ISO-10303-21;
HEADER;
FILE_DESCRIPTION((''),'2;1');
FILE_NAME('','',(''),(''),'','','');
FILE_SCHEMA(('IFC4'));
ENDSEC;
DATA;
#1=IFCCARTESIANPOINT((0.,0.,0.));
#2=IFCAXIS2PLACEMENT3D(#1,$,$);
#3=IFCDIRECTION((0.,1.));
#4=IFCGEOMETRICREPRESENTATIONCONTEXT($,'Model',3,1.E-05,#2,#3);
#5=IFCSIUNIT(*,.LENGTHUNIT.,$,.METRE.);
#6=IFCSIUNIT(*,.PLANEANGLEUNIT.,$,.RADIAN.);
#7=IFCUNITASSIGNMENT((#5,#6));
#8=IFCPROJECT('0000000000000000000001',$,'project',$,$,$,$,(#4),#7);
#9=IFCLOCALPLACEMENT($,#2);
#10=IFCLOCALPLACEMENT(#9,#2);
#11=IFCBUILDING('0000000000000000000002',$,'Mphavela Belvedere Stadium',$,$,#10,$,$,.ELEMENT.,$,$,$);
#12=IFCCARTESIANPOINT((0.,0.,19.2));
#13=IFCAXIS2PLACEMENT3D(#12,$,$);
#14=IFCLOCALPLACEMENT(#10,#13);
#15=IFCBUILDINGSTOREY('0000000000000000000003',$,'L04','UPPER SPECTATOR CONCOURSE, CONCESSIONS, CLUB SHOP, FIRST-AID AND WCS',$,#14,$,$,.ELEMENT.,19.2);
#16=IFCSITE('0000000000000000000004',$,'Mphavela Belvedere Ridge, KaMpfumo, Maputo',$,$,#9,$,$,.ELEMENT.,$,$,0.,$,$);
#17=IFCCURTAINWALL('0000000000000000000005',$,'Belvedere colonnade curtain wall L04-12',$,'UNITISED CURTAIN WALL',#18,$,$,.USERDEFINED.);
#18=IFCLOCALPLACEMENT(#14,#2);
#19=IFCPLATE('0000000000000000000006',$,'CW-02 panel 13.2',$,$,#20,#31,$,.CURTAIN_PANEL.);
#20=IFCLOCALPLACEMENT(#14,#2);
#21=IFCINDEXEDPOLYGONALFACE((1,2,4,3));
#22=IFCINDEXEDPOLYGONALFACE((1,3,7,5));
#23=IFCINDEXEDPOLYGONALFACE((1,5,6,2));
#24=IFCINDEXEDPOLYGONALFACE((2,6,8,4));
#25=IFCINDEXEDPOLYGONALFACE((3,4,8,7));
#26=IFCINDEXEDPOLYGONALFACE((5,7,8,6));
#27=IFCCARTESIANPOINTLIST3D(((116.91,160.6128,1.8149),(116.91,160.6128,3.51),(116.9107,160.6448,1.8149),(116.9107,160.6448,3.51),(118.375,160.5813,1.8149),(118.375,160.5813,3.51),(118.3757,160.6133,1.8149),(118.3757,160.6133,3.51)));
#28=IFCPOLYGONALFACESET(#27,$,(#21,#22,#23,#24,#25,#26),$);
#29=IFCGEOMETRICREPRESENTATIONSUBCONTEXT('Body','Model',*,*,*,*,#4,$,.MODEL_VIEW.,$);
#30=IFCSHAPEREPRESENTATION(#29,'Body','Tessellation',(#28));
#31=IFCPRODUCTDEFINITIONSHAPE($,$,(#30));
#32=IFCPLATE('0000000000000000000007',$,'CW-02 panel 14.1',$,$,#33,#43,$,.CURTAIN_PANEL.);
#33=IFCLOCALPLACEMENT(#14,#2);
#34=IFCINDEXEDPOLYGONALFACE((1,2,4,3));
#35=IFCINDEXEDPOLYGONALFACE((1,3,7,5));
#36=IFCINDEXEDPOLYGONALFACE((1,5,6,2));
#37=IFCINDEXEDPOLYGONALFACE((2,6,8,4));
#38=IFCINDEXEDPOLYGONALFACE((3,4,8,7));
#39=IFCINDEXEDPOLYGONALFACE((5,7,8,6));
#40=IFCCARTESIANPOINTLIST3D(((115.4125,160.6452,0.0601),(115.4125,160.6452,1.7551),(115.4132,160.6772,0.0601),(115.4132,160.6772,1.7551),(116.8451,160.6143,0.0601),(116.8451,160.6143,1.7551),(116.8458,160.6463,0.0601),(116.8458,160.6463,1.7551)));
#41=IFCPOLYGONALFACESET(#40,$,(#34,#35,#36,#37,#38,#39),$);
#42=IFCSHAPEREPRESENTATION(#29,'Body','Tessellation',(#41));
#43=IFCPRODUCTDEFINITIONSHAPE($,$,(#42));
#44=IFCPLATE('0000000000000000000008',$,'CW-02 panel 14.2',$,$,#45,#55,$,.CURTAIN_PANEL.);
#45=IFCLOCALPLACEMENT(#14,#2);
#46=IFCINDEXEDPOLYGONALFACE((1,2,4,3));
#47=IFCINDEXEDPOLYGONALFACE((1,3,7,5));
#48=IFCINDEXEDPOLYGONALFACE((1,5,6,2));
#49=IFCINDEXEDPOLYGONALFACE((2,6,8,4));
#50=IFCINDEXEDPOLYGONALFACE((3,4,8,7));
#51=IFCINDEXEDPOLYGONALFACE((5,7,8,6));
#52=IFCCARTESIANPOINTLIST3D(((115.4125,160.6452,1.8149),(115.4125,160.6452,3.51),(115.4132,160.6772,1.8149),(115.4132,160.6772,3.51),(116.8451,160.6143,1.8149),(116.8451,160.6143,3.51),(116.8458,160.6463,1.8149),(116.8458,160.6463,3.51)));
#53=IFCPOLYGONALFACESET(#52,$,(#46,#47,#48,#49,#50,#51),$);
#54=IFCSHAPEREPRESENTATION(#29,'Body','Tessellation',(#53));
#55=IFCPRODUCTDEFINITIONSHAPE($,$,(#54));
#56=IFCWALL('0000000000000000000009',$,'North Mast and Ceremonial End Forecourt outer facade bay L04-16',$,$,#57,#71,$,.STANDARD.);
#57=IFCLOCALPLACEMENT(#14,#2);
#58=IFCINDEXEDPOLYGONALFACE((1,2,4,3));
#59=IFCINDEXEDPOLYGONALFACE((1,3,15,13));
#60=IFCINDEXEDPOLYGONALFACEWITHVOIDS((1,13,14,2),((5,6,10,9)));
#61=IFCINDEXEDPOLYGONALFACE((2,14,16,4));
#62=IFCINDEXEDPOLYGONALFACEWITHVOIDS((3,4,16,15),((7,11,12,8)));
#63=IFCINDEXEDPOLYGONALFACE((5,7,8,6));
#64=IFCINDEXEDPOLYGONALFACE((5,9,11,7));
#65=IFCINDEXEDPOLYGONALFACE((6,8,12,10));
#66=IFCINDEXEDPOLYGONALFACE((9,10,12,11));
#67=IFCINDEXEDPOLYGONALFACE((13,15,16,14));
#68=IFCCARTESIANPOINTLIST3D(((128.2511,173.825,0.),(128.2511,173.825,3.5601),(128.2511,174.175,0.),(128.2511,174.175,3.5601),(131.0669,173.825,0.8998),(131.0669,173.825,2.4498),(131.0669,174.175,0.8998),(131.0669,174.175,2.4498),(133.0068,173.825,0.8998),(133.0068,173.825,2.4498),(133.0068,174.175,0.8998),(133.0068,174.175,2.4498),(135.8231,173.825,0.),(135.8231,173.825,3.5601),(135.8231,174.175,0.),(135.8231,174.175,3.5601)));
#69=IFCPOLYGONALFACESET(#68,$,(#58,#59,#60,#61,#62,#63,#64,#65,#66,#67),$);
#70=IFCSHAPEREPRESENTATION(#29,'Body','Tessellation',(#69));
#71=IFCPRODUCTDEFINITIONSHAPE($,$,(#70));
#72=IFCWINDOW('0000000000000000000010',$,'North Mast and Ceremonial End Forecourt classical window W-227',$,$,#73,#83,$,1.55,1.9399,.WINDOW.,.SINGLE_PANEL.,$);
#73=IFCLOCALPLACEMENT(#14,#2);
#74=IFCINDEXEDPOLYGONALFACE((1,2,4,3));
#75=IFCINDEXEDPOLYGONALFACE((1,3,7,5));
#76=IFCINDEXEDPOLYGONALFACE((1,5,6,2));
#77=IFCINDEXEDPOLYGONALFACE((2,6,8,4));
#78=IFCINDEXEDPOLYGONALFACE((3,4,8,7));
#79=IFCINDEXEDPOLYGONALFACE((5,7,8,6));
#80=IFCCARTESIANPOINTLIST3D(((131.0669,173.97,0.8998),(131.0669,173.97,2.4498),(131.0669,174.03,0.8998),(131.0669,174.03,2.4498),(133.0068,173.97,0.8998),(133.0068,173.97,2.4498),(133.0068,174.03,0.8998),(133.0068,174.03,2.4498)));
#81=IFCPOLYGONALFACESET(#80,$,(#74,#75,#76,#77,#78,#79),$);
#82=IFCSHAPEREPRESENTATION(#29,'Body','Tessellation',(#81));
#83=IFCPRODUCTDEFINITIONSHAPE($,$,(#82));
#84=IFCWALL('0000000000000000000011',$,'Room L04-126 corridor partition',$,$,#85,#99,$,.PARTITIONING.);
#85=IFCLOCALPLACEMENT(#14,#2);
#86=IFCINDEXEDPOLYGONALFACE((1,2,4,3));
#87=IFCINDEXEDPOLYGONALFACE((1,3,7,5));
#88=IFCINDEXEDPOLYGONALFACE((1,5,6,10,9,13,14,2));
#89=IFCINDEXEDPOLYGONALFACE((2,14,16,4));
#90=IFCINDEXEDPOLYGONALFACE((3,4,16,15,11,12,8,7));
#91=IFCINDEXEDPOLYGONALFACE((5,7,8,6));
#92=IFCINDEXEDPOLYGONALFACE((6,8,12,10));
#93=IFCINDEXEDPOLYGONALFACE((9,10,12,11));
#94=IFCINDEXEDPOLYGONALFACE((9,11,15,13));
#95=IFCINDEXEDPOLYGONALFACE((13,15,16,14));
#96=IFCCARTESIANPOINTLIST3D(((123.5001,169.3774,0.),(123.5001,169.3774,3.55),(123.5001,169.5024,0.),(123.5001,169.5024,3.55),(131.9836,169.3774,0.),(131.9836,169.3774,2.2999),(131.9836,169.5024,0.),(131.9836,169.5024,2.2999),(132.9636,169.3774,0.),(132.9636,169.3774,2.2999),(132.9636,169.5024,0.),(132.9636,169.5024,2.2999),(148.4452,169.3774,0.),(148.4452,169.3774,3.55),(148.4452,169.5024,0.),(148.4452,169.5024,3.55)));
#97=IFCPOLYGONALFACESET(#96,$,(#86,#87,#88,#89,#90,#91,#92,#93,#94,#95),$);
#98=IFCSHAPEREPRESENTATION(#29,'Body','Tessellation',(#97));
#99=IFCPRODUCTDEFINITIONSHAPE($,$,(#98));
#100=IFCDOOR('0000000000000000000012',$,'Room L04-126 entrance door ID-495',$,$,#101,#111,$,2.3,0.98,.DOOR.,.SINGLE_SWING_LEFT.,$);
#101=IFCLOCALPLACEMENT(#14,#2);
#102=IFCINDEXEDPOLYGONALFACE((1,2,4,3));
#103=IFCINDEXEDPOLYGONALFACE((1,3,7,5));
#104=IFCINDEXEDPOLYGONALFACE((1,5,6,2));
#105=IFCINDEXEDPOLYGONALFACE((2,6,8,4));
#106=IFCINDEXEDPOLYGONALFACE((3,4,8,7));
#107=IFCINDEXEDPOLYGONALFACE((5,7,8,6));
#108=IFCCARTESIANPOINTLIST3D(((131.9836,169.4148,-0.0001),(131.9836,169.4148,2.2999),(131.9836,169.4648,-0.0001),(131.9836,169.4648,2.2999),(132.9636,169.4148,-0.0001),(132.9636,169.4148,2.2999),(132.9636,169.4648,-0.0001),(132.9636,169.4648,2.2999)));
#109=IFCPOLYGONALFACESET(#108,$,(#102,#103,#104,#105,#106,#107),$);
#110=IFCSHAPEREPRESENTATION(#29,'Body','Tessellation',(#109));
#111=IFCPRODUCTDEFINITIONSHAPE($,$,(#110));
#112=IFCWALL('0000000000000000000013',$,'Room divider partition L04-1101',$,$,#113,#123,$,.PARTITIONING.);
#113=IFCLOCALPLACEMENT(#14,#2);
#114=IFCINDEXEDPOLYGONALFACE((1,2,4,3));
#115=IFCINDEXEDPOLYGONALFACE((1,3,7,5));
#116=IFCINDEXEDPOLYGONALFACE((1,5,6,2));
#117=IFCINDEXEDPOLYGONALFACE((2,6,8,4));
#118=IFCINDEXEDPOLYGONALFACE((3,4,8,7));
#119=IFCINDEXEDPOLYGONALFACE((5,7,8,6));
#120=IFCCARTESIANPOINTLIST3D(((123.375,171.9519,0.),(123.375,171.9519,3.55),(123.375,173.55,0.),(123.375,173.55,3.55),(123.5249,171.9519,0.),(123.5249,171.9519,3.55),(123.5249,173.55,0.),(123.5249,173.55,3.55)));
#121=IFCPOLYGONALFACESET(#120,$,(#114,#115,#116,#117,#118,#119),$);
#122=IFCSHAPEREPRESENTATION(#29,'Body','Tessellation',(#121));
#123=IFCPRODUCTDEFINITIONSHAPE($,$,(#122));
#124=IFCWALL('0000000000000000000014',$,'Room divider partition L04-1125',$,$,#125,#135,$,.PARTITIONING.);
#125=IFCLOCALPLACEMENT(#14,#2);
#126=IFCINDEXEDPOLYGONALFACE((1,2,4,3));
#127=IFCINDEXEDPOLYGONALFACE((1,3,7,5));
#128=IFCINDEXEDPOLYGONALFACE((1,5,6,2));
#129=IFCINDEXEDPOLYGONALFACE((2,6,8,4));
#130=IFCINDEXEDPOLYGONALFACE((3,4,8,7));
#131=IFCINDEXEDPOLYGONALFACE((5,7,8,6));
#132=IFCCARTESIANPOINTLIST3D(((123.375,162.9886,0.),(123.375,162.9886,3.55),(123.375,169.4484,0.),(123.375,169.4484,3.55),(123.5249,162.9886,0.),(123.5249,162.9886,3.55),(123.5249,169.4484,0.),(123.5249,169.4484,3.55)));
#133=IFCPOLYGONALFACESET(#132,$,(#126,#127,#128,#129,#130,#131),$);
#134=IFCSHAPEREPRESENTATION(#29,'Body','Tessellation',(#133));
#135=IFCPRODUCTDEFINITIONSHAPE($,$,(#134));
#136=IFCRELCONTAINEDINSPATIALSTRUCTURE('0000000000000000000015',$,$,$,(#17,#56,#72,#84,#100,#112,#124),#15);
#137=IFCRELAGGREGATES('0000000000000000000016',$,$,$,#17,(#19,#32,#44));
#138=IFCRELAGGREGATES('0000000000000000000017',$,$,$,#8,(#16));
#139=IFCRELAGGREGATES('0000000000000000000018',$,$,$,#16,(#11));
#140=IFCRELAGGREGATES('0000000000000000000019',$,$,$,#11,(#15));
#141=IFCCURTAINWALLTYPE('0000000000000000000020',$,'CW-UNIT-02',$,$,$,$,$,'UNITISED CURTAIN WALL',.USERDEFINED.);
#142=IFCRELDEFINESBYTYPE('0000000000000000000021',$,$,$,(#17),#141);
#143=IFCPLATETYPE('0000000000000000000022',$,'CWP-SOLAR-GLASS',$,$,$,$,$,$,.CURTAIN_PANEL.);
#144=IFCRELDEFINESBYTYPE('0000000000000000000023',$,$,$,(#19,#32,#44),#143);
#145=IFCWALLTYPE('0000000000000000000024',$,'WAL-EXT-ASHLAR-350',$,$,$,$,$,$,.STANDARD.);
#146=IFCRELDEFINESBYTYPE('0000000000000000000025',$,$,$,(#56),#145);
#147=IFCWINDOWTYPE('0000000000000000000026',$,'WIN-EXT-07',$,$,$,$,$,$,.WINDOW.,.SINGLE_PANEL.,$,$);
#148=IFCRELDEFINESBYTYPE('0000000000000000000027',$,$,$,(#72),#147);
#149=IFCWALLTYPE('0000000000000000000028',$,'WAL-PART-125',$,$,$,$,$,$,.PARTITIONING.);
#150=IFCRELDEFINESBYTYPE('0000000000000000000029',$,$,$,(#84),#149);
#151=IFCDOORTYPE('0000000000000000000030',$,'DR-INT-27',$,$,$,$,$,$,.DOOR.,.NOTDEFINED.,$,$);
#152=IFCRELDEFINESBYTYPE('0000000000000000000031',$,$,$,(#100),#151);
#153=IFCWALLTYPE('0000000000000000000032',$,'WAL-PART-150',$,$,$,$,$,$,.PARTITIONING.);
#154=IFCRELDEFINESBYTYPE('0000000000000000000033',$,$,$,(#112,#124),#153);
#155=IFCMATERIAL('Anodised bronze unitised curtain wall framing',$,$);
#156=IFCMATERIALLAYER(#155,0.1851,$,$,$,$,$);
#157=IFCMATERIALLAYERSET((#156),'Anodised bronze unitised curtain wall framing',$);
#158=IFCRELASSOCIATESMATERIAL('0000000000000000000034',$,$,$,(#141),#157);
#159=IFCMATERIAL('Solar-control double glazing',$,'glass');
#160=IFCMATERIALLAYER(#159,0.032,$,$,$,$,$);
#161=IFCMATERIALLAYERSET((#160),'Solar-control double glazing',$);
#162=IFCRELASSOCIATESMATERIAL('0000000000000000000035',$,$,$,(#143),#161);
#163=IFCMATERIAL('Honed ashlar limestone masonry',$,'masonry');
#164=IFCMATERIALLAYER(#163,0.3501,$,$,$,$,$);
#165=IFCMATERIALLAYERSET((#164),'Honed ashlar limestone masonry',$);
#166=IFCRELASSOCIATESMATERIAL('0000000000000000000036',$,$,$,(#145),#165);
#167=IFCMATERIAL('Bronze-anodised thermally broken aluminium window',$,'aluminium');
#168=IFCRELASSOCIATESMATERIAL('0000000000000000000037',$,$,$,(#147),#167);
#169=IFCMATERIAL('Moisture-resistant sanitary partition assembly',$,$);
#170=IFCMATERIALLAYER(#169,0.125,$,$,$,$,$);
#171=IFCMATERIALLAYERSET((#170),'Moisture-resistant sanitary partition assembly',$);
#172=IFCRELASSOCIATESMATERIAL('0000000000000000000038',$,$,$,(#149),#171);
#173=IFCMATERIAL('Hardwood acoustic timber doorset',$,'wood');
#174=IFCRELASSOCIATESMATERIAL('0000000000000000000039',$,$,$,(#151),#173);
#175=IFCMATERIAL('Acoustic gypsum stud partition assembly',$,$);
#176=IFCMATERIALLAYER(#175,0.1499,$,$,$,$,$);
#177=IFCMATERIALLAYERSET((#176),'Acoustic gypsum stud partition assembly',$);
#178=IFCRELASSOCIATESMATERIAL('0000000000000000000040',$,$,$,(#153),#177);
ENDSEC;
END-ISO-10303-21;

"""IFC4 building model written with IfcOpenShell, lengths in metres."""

from ifc_helpers import new_model, si_unit, direction, frame, frame_2d, origin, origin_2d, place, context, subcontext, project, spatial, rectangle, extrude, material, layer, layer_set, type_object, element, fill, aggregate, save


model = new_model("IFC4")

# Units and contexts
model_context = context("Model", 3, precision=1e-05, world=origin(), true_north=direction((0.0, 1.0)))
body_context = subcontext(model_context, "Body", "Model", "MODEL_VIEW")
ifc_project = project(units=[si_unit("LENGTHUNIT", "METRE"), si_unit("PLANEANGLEUNIT", "RADIAN")], contexts=[model_context])

# Site, building, storey
site_placement = place(None, origin())
site = spatial("IfcSite", under=ifc_project, at=site_placement, Name="Mphavela Belvedere Ridge, KaMpfumo, Maputo", CompositionType="ELEMENT", RefElevation=0.0)
building_placement = place(site_placement, origin())
building = spatial("IfcBuilding", under=site, at=building_placement, Name="Mphavela Belvedere Stadium", CompositionType="ELEMENT")
storey_placement = place(building_placement, frame((0.0, 0.0, 19.2)))
storey = spatial("IfcBuildingStorey", under=building, at=storey_placement, Name="L04", Description="UPPER SPECTATOR CONCOURSE, CONCESSIONS, CLUB SHOP, FIRST-AID AND WCS", CompositionType="ELEMENT", Elevation=19.2)

# Curtain wall, plates
ifc_material_1 = material(Name="Anodised bronze unitised curtain wall framing")
ifc_layer_1 = layer(ifc_material_1, 0.1851)
ifc_layer_set_1 = layer_set([ifc_layer_1], Name="Anodised bronze unitised curtain wall framing")
curtain_wall_type = type_object("IfcCurtainWallType", Name="CW-UNIT-02", ElementType="UNITISED CURTAIN WALL", PredefinedType="USERDEFINED", material=ifc_layer_set_1)
curtain_wall_placement = place(storey_placement, origin())
curtain_wall = element("IfcCurtainWall", 1, at=curtain_wall_placement, inside=storey, type_object=curtain_wall_type, Name="Belvedere colonnade curtain wall L04-12", ObjectType="UNITISED CURTAIN WALL", PredefinedType="USERDEFINED")
ifc_material_2 = material(Name="Solar-control double glazing", Category="glass")
ifc_layer_2 = layer(ifc_material_2, 0.032)
ifc_layer_set_2 = layer_set([ifc_layer_2], Name="Solar-control double glazing")
plate_type = type_object("IfcPlateType", Name="CWP-SOLAR-GLASS", PredefinedType="CURTAIN_PANEL", material=ifc_layer_set_2)
plate_1_placement = place(storey_placement, frame((117.6428, 160.613, 1.8149), z_axis=(0.0, 0.0, 1.0), x_axis=(-0.999768, 0.021527, 0.0)))
plate_1 = element("IfcPlate", 2, at=plate_1_placement, type_object=plate_type, Name="CW-02 panel 13.2", PredefinedType="CURTAIN_PANEL", context=body_context, shape_type="SweptSolid", body=[
    extrude(rectangle(XDim=1.4653, YDim=0.032, at=origin_2d()), origin(), (0.0, 0.0, 1.0), 1.6951),
])
plate_2_placement = place(storey_placement, frame((116.1292, 160.6458, 0.0601), z_axis=(0.0, 0.0, 1.0), x_axis=(-0.999768, 0.021527, 0.0)))
plate_2 = element("IfcPlate", 3, at=plate_2_placement, type_object=plate_type, Name="CW-02 panel 14.1", PredefinedType="CURTAIN_PANEL", context=body_context, shape_type="SweptSolid", body=[
    extrude(rectangle(XDim=1.4329, YDim=0.032, at=origin_2d()), origin(), (0.0, 0.0, 1.0), 1.6951),
])
plate_3_placement = place(storey_placement, frame((116.1292, 160.6458, 1.8149), z_axis=(0.0, 0.0, 1.0), x_axis=(-0.999768, 0.021527, 0.0)))
plate_3 = element("IfcPlate", 4, at=plate_3_placement, type_object=plate_type, Name="CW-02 panel 14.2", PredefinedType="CURTAIN_PANEL", context=body_context, shape_type="SweptSolid", body=[
    extrude(rectangle(XDim=1.4329, YDim=0.032, at=origin_2d()), origin(), (0.0, 0.0, 1.0), 1.6951),
])
aggregate(curtain_wall, [plate_1, plate_2, plate_3])

# Wall, opening, window
ifc_material_3 = material(Name="Honed ashlar limestone masonry", Category="masonry")
ifc_layer_3 = layer(ifc_material_3, 0.3501)
ifc_layer_set_3 = layer_set([ifc_layer_3], Name="Honed ashlar limestone masonry")
wall_type_1 = type_object("IfcWallType", Name="WAL-EXT-ASHLAR-350", PredefinedType="STANDARD", material=ifc_layer_set_3)
wall_1_placement = place(storey_placement, frame((128.251, 174.0, 0.0), z_axis=(0.0, 0.0, 1.0), x_axis=(1.0, 0.0, 0.0)))
wall_1 = element("IfcWall", 5, at=wall_1_placement, inside=storey, type_object=wall_type_1, Name="North Mast and Ceremonial End Forecourt outer facade bay L04-16", PredefinedType="STANDARD", context=body_context, shape_type="SweptSolid", body=[
    extrude(rectangle(XDim=7.572, YDim=0.3501, at=frame_2d((3.7861, 0.0))), origin(), (0.0, 0.0, 1.0), 3.5601),
])
opening_1_placement = place(wall_1_placement, frame((2.8159, 0.0, 0.8999)))
opening_1 = element("IfcOpeningElement", 6, at=opening_1_placement, cuts=wall_1, PredefinedType="OPENING", context=body_context, shape_type="SweptSolid", body=[
    extrude(rectangle(XDim=1.9399, YDim=1.55, at=frame_2d((0.97, 0.7749))), frame((0.0, 0.1851, 0.0), z_axis=(0.0, -1.0, 0.0), x_axis=(1.0, 0.0, 0.0)), (0.0, 0.0, 1.0), 0.3701),
])
ifc_material_4 = material(Name="Bronze-anodised thermally broken aluminium window", Category="aluminium")
window_type = type_object("IfcWindowType", Name="WIN-EXT-07", PartitioningType="SINGLE_PANEL", PredefinedType="WINDOW", material=ifc_material_4)
window_placement = place(opening_1_placement, origin())
window = element("IfcWindow", 7, at=window_placement, inside=storey, type_object=window_type, Name="North Mast and Ceremonial End Forecourt classical window W-227", OverallHeight=1.55, OverallWidth=1.9399, PartitioningType="SINGLE_PANEL", PredefinedType="WINDOW", context=body_context, shape_type="SweptSolid", body=[
    extrude(rectangle(XDim=1.9399, YDim=1.55, at=frame_2d((0.97, 0.7749))), frame((0.0, 0.03, 0.0), z_axis=(0.0, -1.0, 0.0), x_axis=(1.0, 0.0, 0.0)), (0.0, 0.0, 1.0), 0.0601),
])
fill(opening_1, window)

# Wall, opening, door
ifc_material_5 = material(Name="Moisture-resistant sanitary partition assembly")
ifc_layer_4 = layer(ifc_material_5, 0.125)
ifc_layer_set_4 = layer_set([ifc_layer_4], Name="Moisture-resistant sanitary partition assembly")
wall_type_2 = type_object("IfcWallType", Name="WAL-PART-125", PredefinedType="PARTITIONING", material=ifc_layer_set_4)
wall_2_placement = place(storey_placement, frame((123.5, 169.4399, 0.0), z_axis=(0.0, 0.0, 1.0), x_axis=(1.0, 0.0, 0.0)))
wall_2 = element("IfcWall", 8, at=wall_2_placement, inside=storey, type_object=wall_type_2, Name="Room L04-126 corridor partition", PredefinedType="PARTITIONING", context=body_context, shape_type="SweptSolid", body=[
    extrude(rectangle(XDim=24.9451, YDim=0.125, at=frame_2d((12.4727, 0.0))), origin(), (0.0, 0.0, 1.0), 3.55),
])
opening_2_placement = place(wall_2_placement, frame((8.4836, 0.0, 0.0)))
opening_2 = element("IfcOpeningElement", 9, at=opening_2_placement, cuts=wall_2, PredefinedType="OPENING", context=body_context, shape_type="SweptSolid", body=[
    extrude(rectangle(XDim=0.98, YDim=2.3, at=frame_2d((0.49, 1.1499))), frame((0.0, 0.0725, 0.0), z_axis=(0.0, -1.0, 0.0), x_axis=(1.0, 0.0, 0.0)), (0.0, 0.0, 1.0), 0.145),
])
ifc_material_6 = material(Name="Hardwood acoustic timber doorset", Category="wood")
door_type = type_object("IfcDoorType", Name="DR-INT-27", OperationType="NOTDEFINED", PredefinedType="DOOR", material=ifc_material_6)
door_placement = place(opening_2_placement, origin())
door = element("IfcDoor", 10, at=door_placement, inside=storey, type_object=door_type, Name="Room L04-126 entrance door ID-495", OperationType="SINGLE_SWING_LEFT", OverallHeight=2.3, OverallWidth=0.98, PredefinedType="DOOR", context=body_context, shape_type="SweptSolid", body=[
    extrude(rectangle(XDim=0.98, YDim=2.3, at=frame_2d((0.49, 1.1499))), frame((0.0, 0.0249, 0.0), z_axis=(0.0, -1.0, 0.0), x_axis=(1.0, 0.0, 0.0)), (0.0, 0.0, 1.0), 0.05),
])
fill(opening_2, door)

# Walls
ifc_material_7 = material(Name="Acoustic gypsum stud partition assembly")
ifc_layer_5 = layer(ifc_material_7, 0.1499)
ifc_layer_set_5 = layer_set([ifc_layer_5], Name="Acoustic gypsum stud partition assembly")
wall_type_3 = type_object("IfcWallType", Name="WAL-PART-150", PredefinedType="PARTITIONING", material=ifc_layer_set_5)
wall_3_placement = place(storey_placement, frame((123.45, 171.9519, 0.0), z_axis=(0.0, 0.0, 1.0), x_axis=(0.0, 1.0, 0.0)))
element("IfcWall", 11, at=wall_3_placement, inside=storey, type_object=wall_type_3, Name="Room divider partition L04-1101", PredefinedType="PARTITIONING", context=body_context, shape_type="SweptSolid", body=[
    extrude(rectangle(XDim=1.5981, YDim=0.1499, at=frame_2d((0.7991, 0.0))), origin(), (0.0, 0.0, 1.0), 3.55),
])
wall_4_placement = place(storey_placement, frame((123.45, 162.9885, 0.0), z_axis=(0.0, 0.0, 1.0), x_axis=(0.0, 1.0, 0.0)))
element("IfcWall", 12, at=wall_4_placement, inside=storey, type_object=wall_type_3, Name="Room divider partition L04-1125", PredefinedType="PARTITIONING", context=body_context, shape_type="SweptSolid", body=[
    extrude(rectangle(XDim=6.4597, YDim=0.1499, at=frame_2d((3.23, 0.0))), origin(), (0.0, 0.0, 1.0), 3.55),
])

save(model, "model.ifc")
